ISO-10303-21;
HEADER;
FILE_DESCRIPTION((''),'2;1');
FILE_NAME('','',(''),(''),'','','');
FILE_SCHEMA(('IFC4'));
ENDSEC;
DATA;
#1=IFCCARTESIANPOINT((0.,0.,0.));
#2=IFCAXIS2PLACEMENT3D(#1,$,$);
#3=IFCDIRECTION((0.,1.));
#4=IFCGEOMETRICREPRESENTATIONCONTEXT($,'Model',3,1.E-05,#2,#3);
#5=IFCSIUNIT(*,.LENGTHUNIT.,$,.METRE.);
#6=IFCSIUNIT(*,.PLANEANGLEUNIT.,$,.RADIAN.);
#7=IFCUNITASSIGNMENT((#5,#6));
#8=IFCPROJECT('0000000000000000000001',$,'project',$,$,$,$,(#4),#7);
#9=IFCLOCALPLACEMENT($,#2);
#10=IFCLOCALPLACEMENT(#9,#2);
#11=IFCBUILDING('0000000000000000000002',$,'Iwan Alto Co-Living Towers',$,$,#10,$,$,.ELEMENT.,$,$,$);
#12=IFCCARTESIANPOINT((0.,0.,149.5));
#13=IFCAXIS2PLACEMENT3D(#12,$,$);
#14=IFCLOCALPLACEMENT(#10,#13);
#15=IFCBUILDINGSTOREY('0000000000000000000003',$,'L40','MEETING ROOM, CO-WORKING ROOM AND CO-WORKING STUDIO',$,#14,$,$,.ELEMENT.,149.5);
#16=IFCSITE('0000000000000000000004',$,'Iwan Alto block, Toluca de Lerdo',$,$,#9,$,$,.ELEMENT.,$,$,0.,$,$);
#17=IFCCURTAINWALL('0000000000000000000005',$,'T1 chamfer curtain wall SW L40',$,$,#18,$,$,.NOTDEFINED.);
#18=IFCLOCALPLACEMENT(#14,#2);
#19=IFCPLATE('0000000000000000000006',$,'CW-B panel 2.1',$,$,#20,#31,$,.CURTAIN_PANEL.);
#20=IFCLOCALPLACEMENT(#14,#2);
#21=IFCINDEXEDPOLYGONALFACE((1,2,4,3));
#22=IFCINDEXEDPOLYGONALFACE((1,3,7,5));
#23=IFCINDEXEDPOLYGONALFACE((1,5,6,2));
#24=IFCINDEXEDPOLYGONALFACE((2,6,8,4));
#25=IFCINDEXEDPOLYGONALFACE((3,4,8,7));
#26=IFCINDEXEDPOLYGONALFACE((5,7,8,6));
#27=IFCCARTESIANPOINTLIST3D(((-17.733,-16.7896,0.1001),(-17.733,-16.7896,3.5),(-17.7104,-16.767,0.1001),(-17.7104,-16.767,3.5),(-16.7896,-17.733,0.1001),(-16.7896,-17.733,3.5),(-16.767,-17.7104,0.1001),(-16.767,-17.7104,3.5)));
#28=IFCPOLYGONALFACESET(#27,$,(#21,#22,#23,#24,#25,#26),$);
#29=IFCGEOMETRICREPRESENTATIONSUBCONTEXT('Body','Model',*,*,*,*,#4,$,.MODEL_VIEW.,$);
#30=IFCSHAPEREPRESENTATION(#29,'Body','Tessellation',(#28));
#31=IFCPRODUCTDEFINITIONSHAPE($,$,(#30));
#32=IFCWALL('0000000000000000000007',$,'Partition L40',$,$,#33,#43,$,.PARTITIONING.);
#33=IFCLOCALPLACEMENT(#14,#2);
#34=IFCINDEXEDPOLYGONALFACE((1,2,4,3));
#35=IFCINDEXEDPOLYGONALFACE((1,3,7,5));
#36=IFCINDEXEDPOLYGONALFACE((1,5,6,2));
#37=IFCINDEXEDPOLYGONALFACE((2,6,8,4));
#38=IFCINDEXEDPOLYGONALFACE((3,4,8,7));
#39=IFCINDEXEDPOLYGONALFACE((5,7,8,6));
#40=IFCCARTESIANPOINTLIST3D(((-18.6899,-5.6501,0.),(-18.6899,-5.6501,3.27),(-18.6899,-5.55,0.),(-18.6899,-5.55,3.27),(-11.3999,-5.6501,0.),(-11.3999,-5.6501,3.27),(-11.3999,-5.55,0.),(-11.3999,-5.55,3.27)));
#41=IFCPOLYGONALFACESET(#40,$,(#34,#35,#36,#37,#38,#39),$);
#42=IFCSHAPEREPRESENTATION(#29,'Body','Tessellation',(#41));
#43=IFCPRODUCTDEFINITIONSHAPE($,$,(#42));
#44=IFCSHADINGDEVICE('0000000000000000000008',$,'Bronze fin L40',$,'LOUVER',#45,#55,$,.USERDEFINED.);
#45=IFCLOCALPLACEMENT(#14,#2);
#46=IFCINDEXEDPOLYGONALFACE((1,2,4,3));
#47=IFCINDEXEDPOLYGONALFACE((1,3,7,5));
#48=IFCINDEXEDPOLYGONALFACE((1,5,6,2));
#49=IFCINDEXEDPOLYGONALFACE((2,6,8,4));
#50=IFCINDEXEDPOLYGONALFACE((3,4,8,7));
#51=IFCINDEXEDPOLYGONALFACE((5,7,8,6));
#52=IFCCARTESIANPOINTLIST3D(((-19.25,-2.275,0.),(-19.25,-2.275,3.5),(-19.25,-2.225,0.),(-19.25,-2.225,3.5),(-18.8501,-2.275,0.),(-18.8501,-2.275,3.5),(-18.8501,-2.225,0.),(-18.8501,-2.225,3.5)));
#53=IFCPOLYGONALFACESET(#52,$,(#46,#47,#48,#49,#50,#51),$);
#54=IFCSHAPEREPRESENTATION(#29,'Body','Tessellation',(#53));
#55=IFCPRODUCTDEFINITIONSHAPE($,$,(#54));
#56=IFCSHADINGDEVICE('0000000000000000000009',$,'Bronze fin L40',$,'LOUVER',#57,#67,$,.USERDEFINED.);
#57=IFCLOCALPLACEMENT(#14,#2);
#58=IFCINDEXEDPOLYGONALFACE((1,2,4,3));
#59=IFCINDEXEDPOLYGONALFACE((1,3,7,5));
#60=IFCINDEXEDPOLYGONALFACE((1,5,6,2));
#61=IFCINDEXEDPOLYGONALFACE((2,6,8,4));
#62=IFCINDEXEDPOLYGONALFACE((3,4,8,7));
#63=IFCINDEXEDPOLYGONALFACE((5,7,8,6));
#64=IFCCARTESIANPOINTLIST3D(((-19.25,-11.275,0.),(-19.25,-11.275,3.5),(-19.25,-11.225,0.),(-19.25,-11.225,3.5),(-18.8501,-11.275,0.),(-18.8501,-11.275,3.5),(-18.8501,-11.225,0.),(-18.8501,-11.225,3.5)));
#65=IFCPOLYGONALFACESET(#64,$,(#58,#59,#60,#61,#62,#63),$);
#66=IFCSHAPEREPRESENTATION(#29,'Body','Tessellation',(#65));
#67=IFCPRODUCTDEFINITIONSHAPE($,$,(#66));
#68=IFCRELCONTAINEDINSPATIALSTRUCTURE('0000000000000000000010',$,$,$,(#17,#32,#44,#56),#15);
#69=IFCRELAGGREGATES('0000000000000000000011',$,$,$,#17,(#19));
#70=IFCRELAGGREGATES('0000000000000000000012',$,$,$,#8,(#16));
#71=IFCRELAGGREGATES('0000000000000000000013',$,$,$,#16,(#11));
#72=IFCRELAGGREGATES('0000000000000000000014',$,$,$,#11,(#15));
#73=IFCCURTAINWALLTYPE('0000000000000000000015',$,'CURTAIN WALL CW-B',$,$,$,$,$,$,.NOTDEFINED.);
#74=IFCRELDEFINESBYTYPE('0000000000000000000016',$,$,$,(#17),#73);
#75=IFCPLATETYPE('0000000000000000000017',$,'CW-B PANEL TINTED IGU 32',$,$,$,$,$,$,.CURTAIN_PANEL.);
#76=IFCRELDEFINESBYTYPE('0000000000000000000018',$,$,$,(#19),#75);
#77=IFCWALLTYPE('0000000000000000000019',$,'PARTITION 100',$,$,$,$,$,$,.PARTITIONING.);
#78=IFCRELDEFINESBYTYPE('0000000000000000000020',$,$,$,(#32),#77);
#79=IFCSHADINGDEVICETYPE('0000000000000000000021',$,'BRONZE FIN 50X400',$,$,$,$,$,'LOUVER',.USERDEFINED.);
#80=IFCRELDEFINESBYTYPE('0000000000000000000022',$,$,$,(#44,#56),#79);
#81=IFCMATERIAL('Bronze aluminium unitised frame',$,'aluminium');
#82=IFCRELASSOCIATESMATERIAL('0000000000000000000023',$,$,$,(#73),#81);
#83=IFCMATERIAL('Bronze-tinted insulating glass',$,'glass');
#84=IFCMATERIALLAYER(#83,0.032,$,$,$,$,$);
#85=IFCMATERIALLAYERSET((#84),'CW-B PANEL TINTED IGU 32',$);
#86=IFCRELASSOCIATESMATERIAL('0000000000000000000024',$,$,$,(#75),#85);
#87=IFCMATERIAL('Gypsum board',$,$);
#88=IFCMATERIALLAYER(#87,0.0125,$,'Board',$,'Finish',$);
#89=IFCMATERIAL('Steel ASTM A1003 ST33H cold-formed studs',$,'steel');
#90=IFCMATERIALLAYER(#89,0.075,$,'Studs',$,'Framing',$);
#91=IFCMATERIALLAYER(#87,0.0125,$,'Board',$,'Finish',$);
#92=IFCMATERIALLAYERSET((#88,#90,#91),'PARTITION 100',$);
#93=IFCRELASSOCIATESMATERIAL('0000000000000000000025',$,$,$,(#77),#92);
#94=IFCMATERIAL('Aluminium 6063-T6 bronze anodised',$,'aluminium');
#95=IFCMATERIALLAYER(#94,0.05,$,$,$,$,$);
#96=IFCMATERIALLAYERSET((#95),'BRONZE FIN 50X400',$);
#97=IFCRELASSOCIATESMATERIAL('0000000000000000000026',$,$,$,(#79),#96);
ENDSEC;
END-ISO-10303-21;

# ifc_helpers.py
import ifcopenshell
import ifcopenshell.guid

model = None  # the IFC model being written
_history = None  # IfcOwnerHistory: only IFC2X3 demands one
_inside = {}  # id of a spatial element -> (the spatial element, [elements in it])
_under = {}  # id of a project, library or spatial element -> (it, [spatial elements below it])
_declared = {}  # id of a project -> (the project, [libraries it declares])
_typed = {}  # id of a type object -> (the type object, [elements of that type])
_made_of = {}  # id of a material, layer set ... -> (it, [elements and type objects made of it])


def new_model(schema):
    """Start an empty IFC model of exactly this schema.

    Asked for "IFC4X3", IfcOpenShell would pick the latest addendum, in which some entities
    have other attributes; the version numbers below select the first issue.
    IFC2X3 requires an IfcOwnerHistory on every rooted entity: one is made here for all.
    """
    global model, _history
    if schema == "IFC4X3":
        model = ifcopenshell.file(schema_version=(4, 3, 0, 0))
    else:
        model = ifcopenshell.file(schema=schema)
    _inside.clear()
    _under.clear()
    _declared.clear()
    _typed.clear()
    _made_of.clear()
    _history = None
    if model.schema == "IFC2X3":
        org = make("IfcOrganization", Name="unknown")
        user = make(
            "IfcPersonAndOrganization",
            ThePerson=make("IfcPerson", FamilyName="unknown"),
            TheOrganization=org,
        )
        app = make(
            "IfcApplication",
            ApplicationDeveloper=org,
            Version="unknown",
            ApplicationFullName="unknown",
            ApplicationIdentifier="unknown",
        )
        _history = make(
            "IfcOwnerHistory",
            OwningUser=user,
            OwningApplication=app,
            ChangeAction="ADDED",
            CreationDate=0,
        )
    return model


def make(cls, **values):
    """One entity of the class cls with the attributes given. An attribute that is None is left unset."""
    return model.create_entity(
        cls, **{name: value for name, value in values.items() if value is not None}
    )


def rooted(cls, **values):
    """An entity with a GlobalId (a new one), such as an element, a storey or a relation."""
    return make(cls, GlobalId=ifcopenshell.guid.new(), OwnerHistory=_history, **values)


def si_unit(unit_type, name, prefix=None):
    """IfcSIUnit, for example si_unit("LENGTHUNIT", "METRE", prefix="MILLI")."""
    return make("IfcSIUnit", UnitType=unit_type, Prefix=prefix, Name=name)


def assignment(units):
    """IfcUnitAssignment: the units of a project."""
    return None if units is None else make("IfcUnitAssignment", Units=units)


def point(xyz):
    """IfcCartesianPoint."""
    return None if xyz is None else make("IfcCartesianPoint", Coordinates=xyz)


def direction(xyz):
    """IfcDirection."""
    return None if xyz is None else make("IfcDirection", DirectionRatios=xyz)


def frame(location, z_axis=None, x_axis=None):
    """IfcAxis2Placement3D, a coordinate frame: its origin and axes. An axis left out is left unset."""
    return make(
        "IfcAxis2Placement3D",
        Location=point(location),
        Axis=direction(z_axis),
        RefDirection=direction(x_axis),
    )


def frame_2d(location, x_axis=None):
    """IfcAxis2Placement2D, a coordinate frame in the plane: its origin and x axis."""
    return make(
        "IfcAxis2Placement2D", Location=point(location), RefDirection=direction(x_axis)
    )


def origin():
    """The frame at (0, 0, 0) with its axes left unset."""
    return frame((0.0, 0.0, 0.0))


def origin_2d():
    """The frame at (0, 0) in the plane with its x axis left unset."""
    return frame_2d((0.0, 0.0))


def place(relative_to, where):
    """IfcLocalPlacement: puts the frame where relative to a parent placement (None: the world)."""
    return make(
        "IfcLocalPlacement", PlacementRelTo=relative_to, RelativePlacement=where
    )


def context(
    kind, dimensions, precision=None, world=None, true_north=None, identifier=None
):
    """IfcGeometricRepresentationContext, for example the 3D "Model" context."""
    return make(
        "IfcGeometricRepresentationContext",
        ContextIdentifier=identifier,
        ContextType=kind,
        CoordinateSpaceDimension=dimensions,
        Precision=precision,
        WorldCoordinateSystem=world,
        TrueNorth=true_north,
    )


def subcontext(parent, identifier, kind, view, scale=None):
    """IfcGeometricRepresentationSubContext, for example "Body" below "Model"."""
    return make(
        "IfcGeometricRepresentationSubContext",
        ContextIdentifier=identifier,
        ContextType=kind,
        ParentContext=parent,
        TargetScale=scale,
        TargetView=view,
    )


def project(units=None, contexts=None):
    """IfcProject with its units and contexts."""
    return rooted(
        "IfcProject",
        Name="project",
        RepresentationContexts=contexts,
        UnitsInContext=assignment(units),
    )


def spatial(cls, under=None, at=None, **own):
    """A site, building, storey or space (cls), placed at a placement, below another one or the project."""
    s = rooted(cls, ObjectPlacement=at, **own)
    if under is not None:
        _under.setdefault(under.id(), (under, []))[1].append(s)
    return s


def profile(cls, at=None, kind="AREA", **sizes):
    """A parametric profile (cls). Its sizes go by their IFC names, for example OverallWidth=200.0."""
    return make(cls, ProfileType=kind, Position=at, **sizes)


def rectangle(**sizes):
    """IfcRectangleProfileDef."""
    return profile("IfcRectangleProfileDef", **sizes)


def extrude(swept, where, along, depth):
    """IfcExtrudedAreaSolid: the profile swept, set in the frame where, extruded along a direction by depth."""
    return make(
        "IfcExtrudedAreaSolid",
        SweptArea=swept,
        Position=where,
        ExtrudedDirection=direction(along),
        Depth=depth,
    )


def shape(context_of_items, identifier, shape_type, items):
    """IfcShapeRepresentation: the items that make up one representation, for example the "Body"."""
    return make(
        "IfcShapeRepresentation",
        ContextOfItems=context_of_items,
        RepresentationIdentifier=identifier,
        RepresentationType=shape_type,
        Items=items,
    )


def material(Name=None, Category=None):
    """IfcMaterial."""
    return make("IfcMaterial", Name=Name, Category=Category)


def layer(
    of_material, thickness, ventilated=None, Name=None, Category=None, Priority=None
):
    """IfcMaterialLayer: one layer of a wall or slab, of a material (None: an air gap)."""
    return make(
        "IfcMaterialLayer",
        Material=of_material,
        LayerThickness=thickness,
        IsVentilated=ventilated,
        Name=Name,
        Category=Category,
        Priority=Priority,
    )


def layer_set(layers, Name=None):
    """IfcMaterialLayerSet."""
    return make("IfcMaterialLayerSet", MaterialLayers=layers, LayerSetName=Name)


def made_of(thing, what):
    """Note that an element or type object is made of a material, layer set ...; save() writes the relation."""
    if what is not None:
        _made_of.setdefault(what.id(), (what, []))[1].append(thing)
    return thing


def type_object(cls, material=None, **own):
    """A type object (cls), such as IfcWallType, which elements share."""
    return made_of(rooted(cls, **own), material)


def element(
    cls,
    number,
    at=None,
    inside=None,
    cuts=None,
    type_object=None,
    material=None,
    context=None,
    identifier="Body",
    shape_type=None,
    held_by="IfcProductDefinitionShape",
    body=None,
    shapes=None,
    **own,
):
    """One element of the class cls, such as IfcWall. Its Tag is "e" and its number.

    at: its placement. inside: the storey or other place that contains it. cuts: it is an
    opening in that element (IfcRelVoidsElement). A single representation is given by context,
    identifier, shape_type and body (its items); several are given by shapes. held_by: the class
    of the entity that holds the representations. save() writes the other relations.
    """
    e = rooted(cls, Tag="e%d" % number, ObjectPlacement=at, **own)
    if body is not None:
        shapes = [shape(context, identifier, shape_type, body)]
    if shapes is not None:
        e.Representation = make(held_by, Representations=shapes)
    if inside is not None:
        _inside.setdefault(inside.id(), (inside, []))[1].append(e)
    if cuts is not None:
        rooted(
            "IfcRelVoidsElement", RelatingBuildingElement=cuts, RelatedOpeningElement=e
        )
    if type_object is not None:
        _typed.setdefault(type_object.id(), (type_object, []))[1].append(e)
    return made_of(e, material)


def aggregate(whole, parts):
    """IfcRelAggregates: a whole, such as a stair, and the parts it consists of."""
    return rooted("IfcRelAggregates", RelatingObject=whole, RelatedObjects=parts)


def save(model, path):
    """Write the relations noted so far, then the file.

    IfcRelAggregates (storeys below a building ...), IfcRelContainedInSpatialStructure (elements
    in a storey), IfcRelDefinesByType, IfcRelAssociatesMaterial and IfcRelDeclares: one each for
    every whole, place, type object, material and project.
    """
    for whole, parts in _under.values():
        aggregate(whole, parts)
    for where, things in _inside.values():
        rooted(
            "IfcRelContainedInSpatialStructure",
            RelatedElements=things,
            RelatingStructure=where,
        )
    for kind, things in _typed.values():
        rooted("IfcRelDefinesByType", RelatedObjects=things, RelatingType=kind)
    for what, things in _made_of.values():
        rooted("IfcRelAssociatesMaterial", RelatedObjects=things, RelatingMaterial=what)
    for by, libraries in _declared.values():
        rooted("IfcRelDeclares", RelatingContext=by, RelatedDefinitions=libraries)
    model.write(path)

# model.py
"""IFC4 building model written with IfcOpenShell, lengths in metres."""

from ifc_helpers import new_model, si_unit, direction, frame, frame_2d, origin, origin_2d, place, context, subcontext, project, spatial, rectangle, extrude, material, layer, layer_set, type_object, element, aggregate, save


model = new_model("IFC4")

# Units and contexts
model_context = context("Model", 3, precision=1e-05, world=origin(), true_north=direction((0.0, 1.0)))
body_context = subcontext(model_context, "Body", "Model", "MODEL_VIEW")
ifc_project = project(units=[si_unit("LENGTHUNIT", "METRE"), si_unit("PLANEANGLEUNIT", "RADIAN")], contexts=[model_context])

# Site, building, storey
site_placement = place(None, origin())
site = spatial("IfcSite", under=ifc_project, at=site_placement, Name="Iwan Alto block, Toluca de Lerdo", CompositionType="ELEMENT", RefElevation=0.0)
building_placement = place(site_placement, origin())
building = spatial("IfcBuilding", under=site, at=building_placement, Name="Iwan Alto Co-Living Towers", CompositionType="ELEMENT")
storey_placement = place(building_placement, frame((0.0, 0.0, 149.5)))
storey = spatial("IfcBuildingStorey", under=building, at=storey_placement, Name="L40", Description="MEETING ROOM, CO-WORKING ROOM AND CO-WORKING STUDIO", CompositionType="ELEMENT", Elevation=149.5)

# Curtain wall
ifc_material_1 = material(Name="Bronze aluminium unitised frame", Category="aluminium")
curtain_wall_type_1 = type_object("IfcCurtainWallType", Name="CURTAIN WALL CW-B", PredefinedType="NOTDEFINED", material=ifc_material_1)
curtain_wall_1_placement = place(storey_placement, origin())
curtain_wall_1 = element("IfcCurtainWall", 1, at=curtain_wall_1_placement, inside=storey, type_object=curtain_wall_type_1, Name="T1 chamfer curtain wall SW L40", PredefinedType="NOTDEFINED")

# Plate
ifc_material_2 = material(Name="Bronze-tinted insulating glass", Category="glass")
ifc_layer_1 = layer(ifc_material_2, 0.032)
ifc_layer_set_1 = layer_set([ifc_layer_1], Name="CW-B PANEL TINTED IGU 32")
plate_type_1 = type_object("IfcPlateType", Name="CW-B PANEL TINTED IGU 32", PredefinedType="CURTAIN_PANEL", material=ifc_layer_set_1)
plate_1_placement = place(storey_placement, frame((-17.25, -17.25, 0.1001), z_axis=(0.0, 0.0, 1.0), x_axis=(0.707107, -0.707107, 0.0)))
plate_1 = element("IfcPlate", 2, at=plate_1_placement, type_object=plate_type_1, Name="CW-B panel 2.1", PredefinedType="CURTAIN_PANEL", context=body_context, shape_type="SweptSolid", body=[
    extrude(rectangle(XDim=1.3342, YDim=0.032, at=origin_2d()), origin(), (0.0, 0.0, 1.0), 3.3999),
])
aggregate(curtain_wall_1, [plate_1])

# Wall
ifc_material_3 = material(Name="Gypsum board")
ifc_layer_2 = layer(ifc_material_3, 0.0125, Name="Board", Category="Finish")
ifc_material_4 = material(Name="Steel ASTM A1003 ST33H cold-formed studs", Category="steel")
ifc_layer_3 = layer(ifc_material_4, 0.075, Name="Studs", Category="Framing")
ifc_layer_4 = layer(ifc_material_3, 0.0125, Name="Board", Category="Finish")
ifc_layer_set_2 = layer_set([ifc_layer_2, ifc_layer_3, ifc_layer_4], Name="PARTITION 100")
wall_type = type_object("IfcWallType", Name="PARTITION 100", PredefinedType="PARTITIONING", material=ifc_layer_set_2)
wall_placement = place(storey_placement, frame((-18.6899, -5.6001, 0.0), z_axis=(0.0, 0.0, 1.0), x_axis=(1.0, 0.0, 0.0)))
element("IfcWall", 3, at=wall_placement, inside=storey, type_object=wall_type, Name="Partition L40", PredefinedType="PARTITIONING", context=body_context, shape_type="SweptSolid", body=[
    extrude(rectangle(XDim=7.29, YDim=0.1001, at=frame_2d((3.645, 0.0))), origin(), (0.0, 0.0, 1.0), 3.27),
])

# Shading devices
ifc_material_5 = material(Name="Aluminium 6063-T6 bronze anodised", Category="aluminium")
ifc_layer_5 = layer(ifc_material_5, 0.05)
ifc_layer_set_3 = layer_set([ifc_layer_5], Name="BRONZE FIN 50X400")
shading_device_type = type_object("IfcShadingDeviceType", Name="BRONZE FIN 50X400", ElementType="LOUVER", PredefinedType="USERDEFINED", material=ifc_layer_set_3)
for number, where, z_axis, x_axis, name in (
    (4, (-19.05, -2.25, 0.0), (0.0, 0.0, 1.0), (0.0, -1.0, 0.0), "Bronze fin L40"),
    (5, (-19.05, -11.25, 0.0), (0.0, 0.0, 1.0), (0.0, -1.0, 0.0), "Bronze fin L40"),
):
    element("IfcShadingDevice", number, at=place(storey_placement, frame(where, z_axis=z_axis, x_axis=x_axis)), inside=storey, type_object=shading_device_type, Name=name, ObjectType="LOUVER", PredefinedType="USERDEFINED", context=body_context, shape_type="SweptSolid", body=[
        extrude(rectangle(XDim=0.05, YDim=0.3999, at=origin_2d()), origin(), (0.0, 0.0, 1.0), 3.5),
    ])

save(model, "model.ifc")
